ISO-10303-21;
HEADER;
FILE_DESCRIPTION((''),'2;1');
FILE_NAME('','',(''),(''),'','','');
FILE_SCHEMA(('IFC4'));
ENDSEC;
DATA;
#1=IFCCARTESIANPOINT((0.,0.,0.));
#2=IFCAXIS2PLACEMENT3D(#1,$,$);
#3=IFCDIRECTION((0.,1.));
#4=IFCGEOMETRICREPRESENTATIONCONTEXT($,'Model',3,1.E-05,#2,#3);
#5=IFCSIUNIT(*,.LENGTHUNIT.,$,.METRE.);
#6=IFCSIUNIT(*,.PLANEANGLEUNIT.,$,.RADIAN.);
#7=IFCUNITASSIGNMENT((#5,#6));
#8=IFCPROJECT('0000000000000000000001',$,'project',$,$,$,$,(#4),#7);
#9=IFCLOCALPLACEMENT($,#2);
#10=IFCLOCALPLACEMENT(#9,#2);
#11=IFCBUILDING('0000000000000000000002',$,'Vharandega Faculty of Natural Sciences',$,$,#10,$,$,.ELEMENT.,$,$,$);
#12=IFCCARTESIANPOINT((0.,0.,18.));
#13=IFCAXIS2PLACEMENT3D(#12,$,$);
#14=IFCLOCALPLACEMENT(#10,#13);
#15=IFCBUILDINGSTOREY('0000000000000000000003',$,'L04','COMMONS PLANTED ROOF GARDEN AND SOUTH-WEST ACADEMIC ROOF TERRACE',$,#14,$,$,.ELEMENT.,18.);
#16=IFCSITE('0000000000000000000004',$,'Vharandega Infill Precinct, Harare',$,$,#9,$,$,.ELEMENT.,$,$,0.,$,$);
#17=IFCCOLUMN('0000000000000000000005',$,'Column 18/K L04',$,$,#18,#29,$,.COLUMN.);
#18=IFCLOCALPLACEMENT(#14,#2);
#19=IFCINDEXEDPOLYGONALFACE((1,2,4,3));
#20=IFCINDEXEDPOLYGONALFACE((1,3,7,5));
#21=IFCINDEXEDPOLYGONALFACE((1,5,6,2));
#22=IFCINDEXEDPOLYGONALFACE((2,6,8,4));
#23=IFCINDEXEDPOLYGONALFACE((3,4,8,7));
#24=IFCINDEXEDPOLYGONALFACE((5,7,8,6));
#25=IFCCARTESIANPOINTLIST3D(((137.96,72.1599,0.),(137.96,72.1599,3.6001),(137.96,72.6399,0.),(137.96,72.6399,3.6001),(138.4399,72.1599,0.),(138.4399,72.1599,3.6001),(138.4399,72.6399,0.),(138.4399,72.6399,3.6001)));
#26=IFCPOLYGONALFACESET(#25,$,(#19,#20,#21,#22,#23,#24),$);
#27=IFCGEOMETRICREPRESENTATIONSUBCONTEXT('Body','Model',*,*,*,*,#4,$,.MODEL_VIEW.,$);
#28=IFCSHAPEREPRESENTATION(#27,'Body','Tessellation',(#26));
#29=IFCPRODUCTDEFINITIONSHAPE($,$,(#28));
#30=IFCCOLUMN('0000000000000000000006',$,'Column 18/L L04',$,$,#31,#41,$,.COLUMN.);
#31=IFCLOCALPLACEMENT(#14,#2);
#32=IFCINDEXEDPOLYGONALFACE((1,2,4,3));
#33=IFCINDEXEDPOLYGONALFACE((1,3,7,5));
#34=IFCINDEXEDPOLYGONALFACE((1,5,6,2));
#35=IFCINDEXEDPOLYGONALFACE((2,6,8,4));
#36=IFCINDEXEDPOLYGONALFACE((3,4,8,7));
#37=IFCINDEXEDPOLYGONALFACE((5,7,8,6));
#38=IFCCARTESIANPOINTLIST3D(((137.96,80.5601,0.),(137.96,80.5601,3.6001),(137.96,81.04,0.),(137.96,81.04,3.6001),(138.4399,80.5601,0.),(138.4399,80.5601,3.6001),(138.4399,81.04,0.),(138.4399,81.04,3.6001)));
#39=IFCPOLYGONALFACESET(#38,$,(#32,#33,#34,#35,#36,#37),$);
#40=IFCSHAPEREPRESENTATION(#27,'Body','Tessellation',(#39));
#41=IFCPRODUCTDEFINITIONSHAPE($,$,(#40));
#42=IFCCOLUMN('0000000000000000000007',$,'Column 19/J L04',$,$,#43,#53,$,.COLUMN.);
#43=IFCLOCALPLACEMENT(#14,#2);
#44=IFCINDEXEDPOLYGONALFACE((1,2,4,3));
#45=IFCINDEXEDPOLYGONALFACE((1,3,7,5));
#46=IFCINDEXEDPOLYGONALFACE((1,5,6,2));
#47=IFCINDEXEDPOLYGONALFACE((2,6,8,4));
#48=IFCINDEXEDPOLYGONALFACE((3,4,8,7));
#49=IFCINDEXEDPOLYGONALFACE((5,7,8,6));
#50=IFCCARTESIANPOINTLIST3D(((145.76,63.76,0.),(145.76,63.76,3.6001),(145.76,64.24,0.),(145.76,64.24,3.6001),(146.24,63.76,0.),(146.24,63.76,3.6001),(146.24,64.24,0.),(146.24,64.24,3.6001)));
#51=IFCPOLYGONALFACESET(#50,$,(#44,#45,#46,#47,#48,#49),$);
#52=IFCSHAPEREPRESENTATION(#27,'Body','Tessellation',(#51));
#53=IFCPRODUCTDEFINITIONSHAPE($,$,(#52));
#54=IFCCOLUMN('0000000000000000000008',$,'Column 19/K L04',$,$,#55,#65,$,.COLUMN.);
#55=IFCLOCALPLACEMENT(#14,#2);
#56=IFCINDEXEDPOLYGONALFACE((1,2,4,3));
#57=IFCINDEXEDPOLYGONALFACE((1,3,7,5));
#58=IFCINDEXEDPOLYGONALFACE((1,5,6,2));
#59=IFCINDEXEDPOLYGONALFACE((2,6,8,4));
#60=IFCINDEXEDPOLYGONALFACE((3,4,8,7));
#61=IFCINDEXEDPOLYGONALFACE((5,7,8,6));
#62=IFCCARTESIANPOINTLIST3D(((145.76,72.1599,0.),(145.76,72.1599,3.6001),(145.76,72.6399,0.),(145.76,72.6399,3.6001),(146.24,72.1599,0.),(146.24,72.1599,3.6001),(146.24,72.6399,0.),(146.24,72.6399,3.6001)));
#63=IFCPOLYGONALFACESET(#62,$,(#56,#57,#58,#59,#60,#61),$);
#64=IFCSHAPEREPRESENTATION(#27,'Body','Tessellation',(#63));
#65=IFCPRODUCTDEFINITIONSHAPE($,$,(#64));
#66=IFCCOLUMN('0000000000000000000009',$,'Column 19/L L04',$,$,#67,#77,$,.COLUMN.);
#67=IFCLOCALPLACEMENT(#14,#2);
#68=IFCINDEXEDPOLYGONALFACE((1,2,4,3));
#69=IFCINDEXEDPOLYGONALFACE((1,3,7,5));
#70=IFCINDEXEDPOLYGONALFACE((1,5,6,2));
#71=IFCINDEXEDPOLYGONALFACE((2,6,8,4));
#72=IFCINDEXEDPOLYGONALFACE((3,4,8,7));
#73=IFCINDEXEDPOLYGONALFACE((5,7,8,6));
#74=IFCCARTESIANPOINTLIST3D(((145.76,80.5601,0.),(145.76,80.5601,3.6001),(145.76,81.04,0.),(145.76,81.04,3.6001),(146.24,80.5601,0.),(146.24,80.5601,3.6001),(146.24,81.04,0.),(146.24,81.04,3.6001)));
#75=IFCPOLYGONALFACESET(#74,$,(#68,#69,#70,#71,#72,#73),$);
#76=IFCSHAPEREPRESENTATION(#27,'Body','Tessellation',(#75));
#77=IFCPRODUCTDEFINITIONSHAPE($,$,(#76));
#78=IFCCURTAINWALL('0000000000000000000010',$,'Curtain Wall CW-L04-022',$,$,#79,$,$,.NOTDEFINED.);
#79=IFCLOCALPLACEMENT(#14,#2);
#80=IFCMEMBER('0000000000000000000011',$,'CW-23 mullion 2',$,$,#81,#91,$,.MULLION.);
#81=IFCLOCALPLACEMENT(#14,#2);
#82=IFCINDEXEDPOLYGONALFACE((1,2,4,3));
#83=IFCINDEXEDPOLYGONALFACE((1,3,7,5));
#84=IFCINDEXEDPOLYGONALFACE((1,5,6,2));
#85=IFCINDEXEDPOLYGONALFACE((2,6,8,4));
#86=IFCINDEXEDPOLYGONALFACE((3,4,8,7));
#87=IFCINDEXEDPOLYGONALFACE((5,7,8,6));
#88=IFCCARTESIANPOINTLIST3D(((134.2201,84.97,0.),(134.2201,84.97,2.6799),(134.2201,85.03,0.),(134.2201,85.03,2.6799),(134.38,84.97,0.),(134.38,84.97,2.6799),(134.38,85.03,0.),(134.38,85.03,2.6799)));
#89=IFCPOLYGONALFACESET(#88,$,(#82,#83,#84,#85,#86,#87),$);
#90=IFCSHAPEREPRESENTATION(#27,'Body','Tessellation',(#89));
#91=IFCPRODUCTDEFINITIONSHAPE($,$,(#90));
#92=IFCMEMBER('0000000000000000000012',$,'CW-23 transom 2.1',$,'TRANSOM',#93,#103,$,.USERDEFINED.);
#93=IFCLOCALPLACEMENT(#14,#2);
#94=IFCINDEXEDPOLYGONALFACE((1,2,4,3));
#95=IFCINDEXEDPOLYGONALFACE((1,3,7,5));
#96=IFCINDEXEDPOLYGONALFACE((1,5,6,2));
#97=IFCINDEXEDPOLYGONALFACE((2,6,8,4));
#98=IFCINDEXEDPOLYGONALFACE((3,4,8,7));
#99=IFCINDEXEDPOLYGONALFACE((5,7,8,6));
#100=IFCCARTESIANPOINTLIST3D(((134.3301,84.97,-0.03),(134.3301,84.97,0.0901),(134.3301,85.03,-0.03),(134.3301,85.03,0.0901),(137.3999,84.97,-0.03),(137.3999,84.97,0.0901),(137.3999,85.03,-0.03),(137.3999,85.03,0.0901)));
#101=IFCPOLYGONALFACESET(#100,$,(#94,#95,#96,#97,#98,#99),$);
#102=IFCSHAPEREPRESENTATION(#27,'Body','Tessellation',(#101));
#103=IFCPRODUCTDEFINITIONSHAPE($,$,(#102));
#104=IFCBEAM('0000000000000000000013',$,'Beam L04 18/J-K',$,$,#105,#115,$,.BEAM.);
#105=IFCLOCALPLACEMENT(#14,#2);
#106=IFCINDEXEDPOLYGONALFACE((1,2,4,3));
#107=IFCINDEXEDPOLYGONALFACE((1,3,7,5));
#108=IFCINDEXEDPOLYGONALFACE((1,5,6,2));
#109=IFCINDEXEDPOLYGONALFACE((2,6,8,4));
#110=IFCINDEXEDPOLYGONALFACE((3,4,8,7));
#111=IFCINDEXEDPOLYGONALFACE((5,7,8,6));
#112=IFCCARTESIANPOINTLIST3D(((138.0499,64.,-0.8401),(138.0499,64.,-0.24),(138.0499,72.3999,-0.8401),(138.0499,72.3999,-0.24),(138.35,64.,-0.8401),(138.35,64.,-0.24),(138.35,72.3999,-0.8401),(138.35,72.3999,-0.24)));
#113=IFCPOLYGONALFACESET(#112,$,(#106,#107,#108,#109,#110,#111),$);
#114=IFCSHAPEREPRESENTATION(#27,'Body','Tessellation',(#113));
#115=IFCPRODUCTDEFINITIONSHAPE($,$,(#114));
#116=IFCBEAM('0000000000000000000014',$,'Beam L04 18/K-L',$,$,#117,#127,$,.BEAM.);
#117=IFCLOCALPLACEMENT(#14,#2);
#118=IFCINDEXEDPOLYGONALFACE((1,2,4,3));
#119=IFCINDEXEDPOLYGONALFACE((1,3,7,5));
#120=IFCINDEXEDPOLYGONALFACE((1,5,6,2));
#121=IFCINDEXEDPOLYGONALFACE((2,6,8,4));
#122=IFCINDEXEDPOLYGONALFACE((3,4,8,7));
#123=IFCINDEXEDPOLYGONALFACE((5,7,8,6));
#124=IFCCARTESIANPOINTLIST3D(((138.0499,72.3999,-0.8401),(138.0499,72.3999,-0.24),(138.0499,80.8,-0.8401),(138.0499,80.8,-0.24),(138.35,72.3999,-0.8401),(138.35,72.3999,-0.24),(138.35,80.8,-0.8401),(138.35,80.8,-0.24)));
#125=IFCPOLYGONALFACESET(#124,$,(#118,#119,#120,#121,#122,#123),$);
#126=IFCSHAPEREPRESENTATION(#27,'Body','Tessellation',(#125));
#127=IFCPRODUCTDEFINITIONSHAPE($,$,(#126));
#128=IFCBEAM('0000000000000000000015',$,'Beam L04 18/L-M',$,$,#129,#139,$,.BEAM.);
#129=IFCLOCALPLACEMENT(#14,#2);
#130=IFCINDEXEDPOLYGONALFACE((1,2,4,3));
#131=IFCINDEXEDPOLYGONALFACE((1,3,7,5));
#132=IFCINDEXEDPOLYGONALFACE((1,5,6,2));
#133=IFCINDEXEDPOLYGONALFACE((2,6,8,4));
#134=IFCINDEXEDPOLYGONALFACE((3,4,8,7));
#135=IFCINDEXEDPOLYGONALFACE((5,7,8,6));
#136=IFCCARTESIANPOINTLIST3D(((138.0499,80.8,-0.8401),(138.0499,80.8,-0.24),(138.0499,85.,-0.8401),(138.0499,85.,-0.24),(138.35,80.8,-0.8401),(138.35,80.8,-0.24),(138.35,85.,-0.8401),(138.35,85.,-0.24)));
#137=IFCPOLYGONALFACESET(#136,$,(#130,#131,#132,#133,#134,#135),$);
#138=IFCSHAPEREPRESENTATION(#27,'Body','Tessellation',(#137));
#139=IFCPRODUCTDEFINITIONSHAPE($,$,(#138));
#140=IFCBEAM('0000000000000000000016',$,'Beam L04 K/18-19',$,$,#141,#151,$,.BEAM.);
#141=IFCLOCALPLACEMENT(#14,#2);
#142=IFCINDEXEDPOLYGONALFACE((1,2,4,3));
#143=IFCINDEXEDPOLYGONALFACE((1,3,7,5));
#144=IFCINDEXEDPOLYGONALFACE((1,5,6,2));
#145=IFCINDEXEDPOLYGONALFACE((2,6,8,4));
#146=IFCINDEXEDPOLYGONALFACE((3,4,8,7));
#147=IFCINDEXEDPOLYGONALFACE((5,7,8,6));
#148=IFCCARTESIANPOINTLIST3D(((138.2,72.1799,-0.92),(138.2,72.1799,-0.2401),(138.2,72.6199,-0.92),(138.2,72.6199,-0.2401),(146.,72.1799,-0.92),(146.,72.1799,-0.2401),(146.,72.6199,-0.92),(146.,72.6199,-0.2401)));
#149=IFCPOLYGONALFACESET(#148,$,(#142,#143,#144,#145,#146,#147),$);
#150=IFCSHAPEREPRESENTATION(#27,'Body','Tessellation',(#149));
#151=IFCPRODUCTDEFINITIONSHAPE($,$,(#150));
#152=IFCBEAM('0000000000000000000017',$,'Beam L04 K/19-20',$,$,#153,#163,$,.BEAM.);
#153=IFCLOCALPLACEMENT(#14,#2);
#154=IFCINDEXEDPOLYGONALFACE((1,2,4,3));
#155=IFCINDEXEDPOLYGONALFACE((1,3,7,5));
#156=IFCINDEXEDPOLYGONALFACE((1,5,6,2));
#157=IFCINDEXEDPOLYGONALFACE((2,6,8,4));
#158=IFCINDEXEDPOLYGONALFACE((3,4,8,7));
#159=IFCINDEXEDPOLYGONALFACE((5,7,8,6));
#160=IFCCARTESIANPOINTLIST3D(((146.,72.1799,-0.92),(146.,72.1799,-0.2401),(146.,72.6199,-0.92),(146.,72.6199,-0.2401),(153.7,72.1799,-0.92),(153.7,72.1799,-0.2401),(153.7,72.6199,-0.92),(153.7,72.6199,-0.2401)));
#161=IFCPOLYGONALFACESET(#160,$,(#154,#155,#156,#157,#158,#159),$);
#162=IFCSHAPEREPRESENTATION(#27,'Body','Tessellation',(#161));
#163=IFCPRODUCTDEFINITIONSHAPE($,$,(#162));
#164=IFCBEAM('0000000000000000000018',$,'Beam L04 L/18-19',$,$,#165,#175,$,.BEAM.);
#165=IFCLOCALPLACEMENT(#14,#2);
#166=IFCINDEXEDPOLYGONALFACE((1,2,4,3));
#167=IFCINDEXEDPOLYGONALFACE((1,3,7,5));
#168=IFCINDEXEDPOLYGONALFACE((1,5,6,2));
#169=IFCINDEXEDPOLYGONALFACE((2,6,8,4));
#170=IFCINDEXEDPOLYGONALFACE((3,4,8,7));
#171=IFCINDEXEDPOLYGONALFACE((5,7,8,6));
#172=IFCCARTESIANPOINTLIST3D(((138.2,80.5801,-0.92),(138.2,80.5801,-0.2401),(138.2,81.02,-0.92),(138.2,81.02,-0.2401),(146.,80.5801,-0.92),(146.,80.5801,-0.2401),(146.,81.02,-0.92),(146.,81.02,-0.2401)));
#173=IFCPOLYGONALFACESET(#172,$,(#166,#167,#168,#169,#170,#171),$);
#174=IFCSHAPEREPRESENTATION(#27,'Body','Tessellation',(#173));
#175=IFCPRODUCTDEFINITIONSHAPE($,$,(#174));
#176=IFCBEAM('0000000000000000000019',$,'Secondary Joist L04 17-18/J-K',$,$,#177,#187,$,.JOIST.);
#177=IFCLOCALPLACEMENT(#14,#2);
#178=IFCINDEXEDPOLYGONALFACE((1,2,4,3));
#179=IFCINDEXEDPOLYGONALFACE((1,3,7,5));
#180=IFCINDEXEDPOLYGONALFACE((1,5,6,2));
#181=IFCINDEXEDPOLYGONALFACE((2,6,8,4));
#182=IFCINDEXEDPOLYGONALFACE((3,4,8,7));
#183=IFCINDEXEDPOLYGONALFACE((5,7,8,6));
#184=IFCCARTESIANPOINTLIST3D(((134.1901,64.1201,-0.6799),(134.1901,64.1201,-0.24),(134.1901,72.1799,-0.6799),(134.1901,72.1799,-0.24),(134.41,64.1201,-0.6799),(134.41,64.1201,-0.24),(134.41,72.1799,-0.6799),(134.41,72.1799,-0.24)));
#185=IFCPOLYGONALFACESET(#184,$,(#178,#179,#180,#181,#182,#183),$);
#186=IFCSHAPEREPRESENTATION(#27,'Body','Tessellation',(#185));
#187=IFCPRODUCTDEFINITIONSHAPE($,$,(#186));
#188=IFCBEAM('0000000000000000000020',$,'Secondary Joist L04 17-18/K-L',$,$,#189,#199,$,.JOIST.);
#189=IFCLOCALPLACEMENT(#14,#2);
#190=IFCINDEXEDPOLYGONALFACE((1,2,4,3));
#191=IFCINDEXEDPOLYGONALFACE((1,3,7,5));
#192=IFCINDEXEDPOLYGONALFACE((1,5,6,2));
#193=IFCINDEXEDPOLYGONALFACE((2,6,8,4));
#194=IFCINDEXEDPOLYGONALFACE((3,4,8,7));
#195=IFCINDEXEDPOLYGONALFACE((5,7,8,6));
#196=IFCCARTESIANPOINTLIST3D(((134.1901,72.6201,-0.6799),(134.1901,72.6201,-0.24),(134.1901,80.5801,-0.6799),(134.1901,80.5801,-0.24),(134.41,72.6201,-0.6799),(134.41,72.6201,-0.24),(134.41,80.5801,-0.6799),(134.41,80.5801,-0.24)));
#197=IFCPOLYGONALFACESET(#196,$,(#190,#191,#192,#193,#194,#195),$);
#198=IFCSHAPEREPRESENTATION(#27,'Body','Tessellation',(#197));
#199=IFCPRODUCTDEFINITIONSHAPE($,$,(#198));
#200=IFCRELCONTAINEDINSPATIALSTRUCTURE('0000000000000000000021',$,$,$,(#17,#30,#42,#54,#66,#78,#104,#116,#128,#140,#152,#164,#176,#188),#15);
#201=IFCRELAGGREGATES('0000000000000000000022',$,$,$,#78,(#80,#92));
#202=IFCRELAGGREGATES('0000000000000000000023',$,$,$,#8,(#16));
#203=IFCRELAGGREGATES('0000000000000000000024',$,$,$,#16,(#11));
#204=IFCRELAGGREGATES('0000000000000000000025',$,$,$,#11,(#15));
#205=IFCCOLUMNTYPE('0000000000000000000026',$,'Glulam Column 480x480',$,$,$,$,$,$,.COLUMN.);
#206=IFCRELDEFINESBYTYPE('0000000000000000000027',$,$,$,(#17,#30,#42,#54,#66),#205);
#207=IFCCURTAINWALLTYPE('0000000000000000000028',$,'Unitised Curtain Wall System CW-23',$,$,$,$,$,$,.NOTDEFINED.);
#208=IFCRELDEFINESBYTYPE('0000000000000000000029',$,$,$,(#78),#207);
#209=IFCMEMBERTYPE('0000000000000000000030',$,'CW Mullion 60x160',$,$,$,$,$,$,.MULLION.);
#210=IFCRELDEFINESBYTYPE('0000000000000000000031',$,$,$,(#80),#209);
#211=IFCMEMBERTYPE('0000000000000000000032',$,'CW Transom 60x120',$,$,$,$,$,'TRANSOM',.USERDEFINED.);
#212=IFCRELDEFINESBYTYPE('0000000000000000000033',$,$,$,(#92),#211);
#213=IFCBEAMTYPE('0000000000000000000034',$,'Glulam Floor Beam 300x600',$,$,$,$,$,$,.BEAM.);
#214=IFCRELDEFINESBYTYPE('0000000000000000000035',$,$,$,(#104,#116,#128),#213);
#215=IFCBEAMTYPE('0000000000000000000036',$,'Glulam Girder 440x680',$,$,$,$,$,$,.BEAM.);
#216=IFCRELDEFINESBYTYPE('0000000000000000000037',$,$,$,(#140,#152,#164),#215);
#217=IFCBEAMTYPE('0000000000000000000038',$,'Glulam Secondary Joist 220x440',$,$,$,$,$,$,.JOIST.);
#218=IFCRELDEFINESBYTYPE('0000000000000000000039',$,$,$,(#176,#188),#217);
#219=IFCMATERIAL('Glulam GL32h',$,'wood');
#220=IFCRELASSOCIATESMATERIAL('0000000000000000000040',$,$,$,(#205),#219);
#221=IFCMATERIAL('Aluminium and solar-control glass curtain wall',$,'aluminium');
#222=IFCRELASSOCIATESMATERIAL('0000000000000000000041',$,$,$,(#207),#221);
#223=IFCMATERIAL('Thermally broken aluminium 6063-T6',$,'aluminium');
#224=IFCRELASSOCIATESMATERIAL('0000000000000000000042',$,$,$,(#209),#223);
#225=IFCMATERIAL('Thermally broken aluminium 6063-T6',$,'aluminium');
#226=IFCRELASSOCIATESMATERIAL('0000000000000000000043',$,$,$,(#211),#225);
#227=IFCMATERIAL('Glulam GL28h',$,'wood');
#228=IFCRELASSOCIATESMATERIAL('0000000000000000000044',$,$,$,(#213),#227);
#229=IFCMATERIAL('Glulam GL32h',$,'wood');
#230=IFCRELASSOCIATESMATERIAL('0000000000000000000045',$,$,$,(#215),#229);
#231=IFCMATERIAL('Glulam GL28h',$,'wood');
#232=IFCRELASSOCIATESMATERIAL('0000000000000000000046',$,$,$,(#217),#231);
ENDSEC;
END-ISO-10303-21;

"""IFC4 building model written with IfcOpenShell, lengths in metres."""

from ifc_helpers import new_model, si_unit, direction, frame, origin, origin_2d, place, context, subcontext, project, spatial, rectangle, extrude, material, material_profile, profile_set, type_object, element, aggregate, save


model = new_model("IFC4")

# Units and contexts
model_context = context("Model", 3, precision=1e-05, world=origin(), true_north=direction((0.0, 1.0)))
body_context = subcontext(model_context, "Body", "Model", "MODEL_VIEW")
ifc_project = project(units=[si_unit("LENGTHUNIT", "METRE"), si_unit("PLANEANGLEUNIT", "RADIAN")], contexts=[model_context])

# Site, building, storey
site_placement = place(None, origin())
site = spatial("IfcSite", under=ifc_project, at=site_placement, Name="Vharandega Infill Precinct, Harare", CompositionType="ELEMENT", RefElevation=0.0)
building_placement = place(site_placement, origin())
building = spatial("IfcBuilding", under=site, at=building_placement, Name="Vharandega Faculty of Natural Sciences", CompositionType="ELEMENT")
storey_placement = place(building_placement, frame((0.0, 0.0, 18.0)))
storey = spatial("IfcBuildingStorey", under=building, at=storey_placement, Name="L04", Description="COMMONS PLANTED ROOF GARDEN AND SOUTH-WEST ACADEMIC ROOF TERRACE", CompositionType="ELEMENT", Elevation=18.0)

# Columns
ifc_material_1 = material(Name="Glulam GL32h", Category="wood")
ifc_material_profile_1 = material_profile(ifc_material_1, rectangle(XDim=0.48, YDim=0.48, at=origin_2d()), Name="GL32h 480x480")
ifc_profile_set_1 = profile_set([ifc_material_profile_1], Name="Glulam GL32h")
column_type = type_object("IfcColumnType", Name="Glulam Column 480x480", PredefinedType="COLUMN", material=ifc_profile_set_1)
for number, where, z_axis, x_axis, name in (
    (1, (138.2, 72.3999, 0.0), (0.0, 0.0, 1.0), (1.0, 0.0, 0.0), "Column 18/K L04"),
    (2, (138.2, 80.8, 0.0), (0.0, 0.0, 1.0), (1.0, 0.0, 0.0), "Column 18/L L04"),
    (3, (146.0, 64.0, 0.0), (0.0, 0.0, 1.0), (1.0, 0.0, 0.0), "Column 19/J L04"),
    (4, (146.0, 72.3999, 0.0), (0.0, 0.0, 1.0), (1.0, 0.0, 0.0), "Column 19/K L04"),
    (5, (146.0, 80.8, 0.0), (0.0, 0.0, 1.0), (1.0, 0.0, 0.0), "Column 19/L L04"),
):
    element("IfcColumn", number, at=place(storey_placement, frame(where, z_axis=z_axis, x_axis=x_axis)), inside=storey, type_object=column_type, Name=name, PredefinedType="COLUMN", context=body_context, shape_type="SweptSolid", body=[
        extrude(rectangle(XDim=0.48, YDim=0.48, at=origin_2d()), origin(), (0.0, 0.0, 1.0), 3.6001),
    ])

# Curtain wall, members
ifc_material_2 = material(Name="Aluminium and solar-control glass curtain wall", Category="aluminium")
curtain_wall_type = type_object("IfcCurtainWallType", Name="Unitised Curtain Wall System CW-23", PredefinedType="NOTDEFINED", material=ifc_material_2)
curtain_wall_placement = place(storey_placement, origin())
curtain_wall = element("IfcCurtainWall", 6, at=curtain_wall_placement, inside=storey, type_object=curtain_wall_type, Name="Curtain Wall CW-L04-022", PredefinedType="NOTDEFINED")
ifc_material_3 = material(Name="Thermally broken aluminium 6063-T6", Category="aluminium")
ifc_material_profile_2 = material_profile(ifc_material_3, rectangle(XDim=0.0601, YDim=0.1599, at=origin_2d()), Name="ALU 60x160")
ifc_profile_set_2 = profile_set([ifc_material_profile_2], Name="Thermally broken aluminium 6063-T6")
member_type_1 = type_object("IfcMemberType", Name="CW Mullion 60x160", PredefinedType="MULLION", material=ifc_profile_set_2)
member_1_placement = place(storey_placement, frame((134.3, 85.0, 0.0), z_axis=(0.0, 0.0, 1.0), x_axis=(0.0, 1.0, 0.0)))
member_1 = element("IfcMember", 7, at=member_1_placement, type_object=member_type_1, Name="CW-23 mullion 2", PredefinedType="MULLION", context=body_context, shape_type="SweptSolid", body=[
    extrude(rectangle(XDim=0.0601, YDim=0.1599, at=origin_2d()), origin(), (0.0, 0.0, 1.0), 2.6799),
])
ifc_material_4 = material(Name="Thermally broken aluminium 6063-T6", Category="aluminium")
ifc_material_profile_3 = material_profile(ifc_material_4, rectangle(XDim=0.0601, YDim=0.1201, at=origin_2d()), Name="ALU 60x120")
ifc_profile_set_3 = profile_set([ifc_material_profile_3], Name="Thermally broken aluminium 6063-T6")
member_type_2 = type_object("IfcMemberType", Name="CW Transom 60x120", ElementType="TRANSOM", PredefinedType="USERDEFINED", material=ifc_profile_set_3)
member_2_placement = place(storey_placement, frame((134.3301, 85.0, 0.03), z_axis=(1.0, 0.0, 0.0), x_axis=(0.0, 1.0, 0.0)))
member_2 = element("IfcMember", 8, at=member_2_placement, type_object=member_type_2, Name="CW-23 transom 2.1", ObjectType="TRANSOM", PredefinedType="USERDEFINED", context=body_context, shape_type="SweptSolid", body=[
    extrude(rectangle(XDim=0.0601, YDim=0.1201, at=origin_2d()), origin(), (0.0, 0.0, 1.0), 3.0698),
])

# Beams
ifc_material_5 = material(Name="Glulam GL28h", Category="wood")
ifc_material_profile_4 = material_profile(ifc_material_5, rectangle(XDim=0.3, YDim=0.6001, at=origin_2d()), Name="GL28h 300x600")
ifc_profile_set_4 = profile_set([ifc_material_profile_4], Name="Glulam GL28h")
beam_type_1 = type_object("IfcBeamType", Name="Glulam Floor Beam 300x600", PredefinedType="BEAM", material=ifc_profile_set_4)
beam_1_placement = place(storey_placement, frame((138.2, 64.0, -0.54), z_axis=(0.0, 1.0, 0.0), x_axis=(-1.0, 0.0, 0.0)))
element("IfcBeam", 9, at=beam_1_placement, inside=storey, type_object=beam_type_1, Name="Beam L04 18/J-K", PredefinedType="BEAM", context=body_context, shape_type="SweptSolid", body=[
    extrude(rectangle(XDim=0.3, YDim=0.6001, at=origin_2d()), origin(), (0.0, 0.0, 1.0), 8.3999),
])
beam_2_placement = place(storey_placement, frame((138.2, 72.3999, -0.54), z_axis=(0.0, 1.0, 0.0), x_axis=(-1.0, 0.0, 0.0)))
element("IfcBeam", 10, at=beam_2_placement, inside=storey, type_object=beam_type_1, Name="Beam L04 18/K-L", PredefinedType="BEAM", context=body_context, shape_type="SweptSolid", body=[
    extrude(rectangle(XDim=0.3, YDim=0.6001, at=origin_2d()), origin(), (0.0, 0.0, 1.0), 8.4001),
])
beam_3_placement = place(storey_placement, frame((138.2, 80.8, -0.54), z_axis=(0.0, 1.0, 0.0), x_axis=(-1.0, 0.0, 0.0)))
element("IfcBeam", 11, at=beam_3_placement, inside=storey, type_object=beam_type_1, Name="Beam L04 18/L-M", PredefinedType="BEAM", context=body_context, shape_type="SweptSolid", body=[
    extrude(rectangle(XDim=0.3, YDim=0.6001, at=origin_2d()), origin(), (0.0, 0.0, 1.0), 4.2),
])
ifc_material_6 = material(Name="Glulam GL32h", Category="wood")
ifc_material_profile_5 = material_profile(ifc_material_6, rectangle(XDim=0.4399, YDim=0.6799, at=origin_2d()), Name="GL32h 440x680")
ifc_profile_set_5 = profile_set([ifc_material_profile_5], Name="Glulam GL32h")
beam_type_2 = type_object("IfcBeamType", Name="Glulam Girder 440x680", PredefinedType="BEAM", material=ifc_profile_set_5)
beam_4_placement = place(storey_placement, frame((138.2, 72.3999, -0.5801), z_axis=(1.0, 0.0, 0.0), x_axis=(0.0, 1.0, 0.0)))
element("IfcBeam", 12, at=beam_4_placement, inside=storey, type_object=beam_type_2, Name="Beam L04 K/18-19", PredefinedType="BEAM", context=body_context, shape_type="SweptSolid", body=[
    extrude(rectangle(XDim=0.4399, YDim=0.6799, at=origin_2d()), origin(), (0.0, 0.0, 1.0), 7.8),
])
beam_5_placement = place(storey_placement, frame((146.0, 72.3999, -0.5801), z_axis=(1.0, 0.0, 0.0), x_axis=(0.0, 1.0, 0.0)))
element("IfcBeam", 13, at=beam_5_placement, inside=storey, type_object=beam_type_2, Name="Beam L04 K/19-20", PredefinedType="BEAM", context=body_context, shape_type="SweptSolid", body=[
    extrude(rectangle(XDim=0.4399, YDim=0.6799, at=origin_2d()), origin(), (0.0, 0.0, 1.0), 7.7),
])
beam_6_placement = place(storey_placement, frame((138.2, 80.8, -0.5801), z_axis=(1.0, 0.0, 0.0), x_axis=(0.0, 1.0, 0.0)))
element("IfcBeam", 14, at=beam_6_placement, inside=storey, type_object=beam_type_2, Name="Beam L04 L/18-19", PredefinedType="BEAM", context=body_context, shape_type="SweptSolid", body=[
    extrude(rectangle(XDim=0.4399, YDim=0.6799, at=origin_2d()), origin(), (0.0, 0.0, 1.0), 7.8),
])
ifc_material_7 = material(Name="Glulam GL28h", Category="wood")
ifc_material_profile_6 = material_profile(ifc_material_7, rectangle(XDim=0.22, YDim=0.4399, at=origin_2d()), Name="GL28h 220x440")
ifc_profile_set_6 = profile_set([ifc_material_profile_6], Name="Glulam GL28h")
beam_type_3 = type_object("IfcBeamType", Name="Glulam Secondary Joist 220x440", PredefinedType="JOIST", material=ifc_profile_set_6)
beam_7_placement = place(storey_placement, frame((134.3, 64.1201, -0.46), z_axis=(0.0, 1.0, 0.0), x_axis=(-1.0, 0.0, 0.0)))
element("IfcBeam", 15, at=beam_7_placement, inside=storey, type_object=beam_type_3, Name="Secondary Joist L04 17-18/J-K", PredefinedType="JOIST", context=body_context, shape_type="SweptSolid", body=[
    extrude(rectangle(XDim=0.22, YDim=0.4399, at=origin_2d()), origin(), (0.0, 0.0, 1.0), 8.0598),
])
beam_8_placement = place(storey_placement, frame((134.3, 72.6201, -0.46), z_axis=(0.0, 1.0, 0.0), x_axis=(-1.0, 0.0, 0.0)))
element("IfcBeam", 16, at=beam_8_placement, inside=storey, type_object=beam_type_3, Name="Secondary Joist L04 17-18/K-L", PredefinedType="JOIST", context=body_context, shape_type="SweptSolid", body=[
    extrude(rectangle(XDim=0.22, YDim=0.4399, at=origin_2d()), origin(), (0.0, 0.0, 1.0), 7.96),
])

aggregate(curtain_wall, [member_1, member_2])

save(model, "model.ifc")
